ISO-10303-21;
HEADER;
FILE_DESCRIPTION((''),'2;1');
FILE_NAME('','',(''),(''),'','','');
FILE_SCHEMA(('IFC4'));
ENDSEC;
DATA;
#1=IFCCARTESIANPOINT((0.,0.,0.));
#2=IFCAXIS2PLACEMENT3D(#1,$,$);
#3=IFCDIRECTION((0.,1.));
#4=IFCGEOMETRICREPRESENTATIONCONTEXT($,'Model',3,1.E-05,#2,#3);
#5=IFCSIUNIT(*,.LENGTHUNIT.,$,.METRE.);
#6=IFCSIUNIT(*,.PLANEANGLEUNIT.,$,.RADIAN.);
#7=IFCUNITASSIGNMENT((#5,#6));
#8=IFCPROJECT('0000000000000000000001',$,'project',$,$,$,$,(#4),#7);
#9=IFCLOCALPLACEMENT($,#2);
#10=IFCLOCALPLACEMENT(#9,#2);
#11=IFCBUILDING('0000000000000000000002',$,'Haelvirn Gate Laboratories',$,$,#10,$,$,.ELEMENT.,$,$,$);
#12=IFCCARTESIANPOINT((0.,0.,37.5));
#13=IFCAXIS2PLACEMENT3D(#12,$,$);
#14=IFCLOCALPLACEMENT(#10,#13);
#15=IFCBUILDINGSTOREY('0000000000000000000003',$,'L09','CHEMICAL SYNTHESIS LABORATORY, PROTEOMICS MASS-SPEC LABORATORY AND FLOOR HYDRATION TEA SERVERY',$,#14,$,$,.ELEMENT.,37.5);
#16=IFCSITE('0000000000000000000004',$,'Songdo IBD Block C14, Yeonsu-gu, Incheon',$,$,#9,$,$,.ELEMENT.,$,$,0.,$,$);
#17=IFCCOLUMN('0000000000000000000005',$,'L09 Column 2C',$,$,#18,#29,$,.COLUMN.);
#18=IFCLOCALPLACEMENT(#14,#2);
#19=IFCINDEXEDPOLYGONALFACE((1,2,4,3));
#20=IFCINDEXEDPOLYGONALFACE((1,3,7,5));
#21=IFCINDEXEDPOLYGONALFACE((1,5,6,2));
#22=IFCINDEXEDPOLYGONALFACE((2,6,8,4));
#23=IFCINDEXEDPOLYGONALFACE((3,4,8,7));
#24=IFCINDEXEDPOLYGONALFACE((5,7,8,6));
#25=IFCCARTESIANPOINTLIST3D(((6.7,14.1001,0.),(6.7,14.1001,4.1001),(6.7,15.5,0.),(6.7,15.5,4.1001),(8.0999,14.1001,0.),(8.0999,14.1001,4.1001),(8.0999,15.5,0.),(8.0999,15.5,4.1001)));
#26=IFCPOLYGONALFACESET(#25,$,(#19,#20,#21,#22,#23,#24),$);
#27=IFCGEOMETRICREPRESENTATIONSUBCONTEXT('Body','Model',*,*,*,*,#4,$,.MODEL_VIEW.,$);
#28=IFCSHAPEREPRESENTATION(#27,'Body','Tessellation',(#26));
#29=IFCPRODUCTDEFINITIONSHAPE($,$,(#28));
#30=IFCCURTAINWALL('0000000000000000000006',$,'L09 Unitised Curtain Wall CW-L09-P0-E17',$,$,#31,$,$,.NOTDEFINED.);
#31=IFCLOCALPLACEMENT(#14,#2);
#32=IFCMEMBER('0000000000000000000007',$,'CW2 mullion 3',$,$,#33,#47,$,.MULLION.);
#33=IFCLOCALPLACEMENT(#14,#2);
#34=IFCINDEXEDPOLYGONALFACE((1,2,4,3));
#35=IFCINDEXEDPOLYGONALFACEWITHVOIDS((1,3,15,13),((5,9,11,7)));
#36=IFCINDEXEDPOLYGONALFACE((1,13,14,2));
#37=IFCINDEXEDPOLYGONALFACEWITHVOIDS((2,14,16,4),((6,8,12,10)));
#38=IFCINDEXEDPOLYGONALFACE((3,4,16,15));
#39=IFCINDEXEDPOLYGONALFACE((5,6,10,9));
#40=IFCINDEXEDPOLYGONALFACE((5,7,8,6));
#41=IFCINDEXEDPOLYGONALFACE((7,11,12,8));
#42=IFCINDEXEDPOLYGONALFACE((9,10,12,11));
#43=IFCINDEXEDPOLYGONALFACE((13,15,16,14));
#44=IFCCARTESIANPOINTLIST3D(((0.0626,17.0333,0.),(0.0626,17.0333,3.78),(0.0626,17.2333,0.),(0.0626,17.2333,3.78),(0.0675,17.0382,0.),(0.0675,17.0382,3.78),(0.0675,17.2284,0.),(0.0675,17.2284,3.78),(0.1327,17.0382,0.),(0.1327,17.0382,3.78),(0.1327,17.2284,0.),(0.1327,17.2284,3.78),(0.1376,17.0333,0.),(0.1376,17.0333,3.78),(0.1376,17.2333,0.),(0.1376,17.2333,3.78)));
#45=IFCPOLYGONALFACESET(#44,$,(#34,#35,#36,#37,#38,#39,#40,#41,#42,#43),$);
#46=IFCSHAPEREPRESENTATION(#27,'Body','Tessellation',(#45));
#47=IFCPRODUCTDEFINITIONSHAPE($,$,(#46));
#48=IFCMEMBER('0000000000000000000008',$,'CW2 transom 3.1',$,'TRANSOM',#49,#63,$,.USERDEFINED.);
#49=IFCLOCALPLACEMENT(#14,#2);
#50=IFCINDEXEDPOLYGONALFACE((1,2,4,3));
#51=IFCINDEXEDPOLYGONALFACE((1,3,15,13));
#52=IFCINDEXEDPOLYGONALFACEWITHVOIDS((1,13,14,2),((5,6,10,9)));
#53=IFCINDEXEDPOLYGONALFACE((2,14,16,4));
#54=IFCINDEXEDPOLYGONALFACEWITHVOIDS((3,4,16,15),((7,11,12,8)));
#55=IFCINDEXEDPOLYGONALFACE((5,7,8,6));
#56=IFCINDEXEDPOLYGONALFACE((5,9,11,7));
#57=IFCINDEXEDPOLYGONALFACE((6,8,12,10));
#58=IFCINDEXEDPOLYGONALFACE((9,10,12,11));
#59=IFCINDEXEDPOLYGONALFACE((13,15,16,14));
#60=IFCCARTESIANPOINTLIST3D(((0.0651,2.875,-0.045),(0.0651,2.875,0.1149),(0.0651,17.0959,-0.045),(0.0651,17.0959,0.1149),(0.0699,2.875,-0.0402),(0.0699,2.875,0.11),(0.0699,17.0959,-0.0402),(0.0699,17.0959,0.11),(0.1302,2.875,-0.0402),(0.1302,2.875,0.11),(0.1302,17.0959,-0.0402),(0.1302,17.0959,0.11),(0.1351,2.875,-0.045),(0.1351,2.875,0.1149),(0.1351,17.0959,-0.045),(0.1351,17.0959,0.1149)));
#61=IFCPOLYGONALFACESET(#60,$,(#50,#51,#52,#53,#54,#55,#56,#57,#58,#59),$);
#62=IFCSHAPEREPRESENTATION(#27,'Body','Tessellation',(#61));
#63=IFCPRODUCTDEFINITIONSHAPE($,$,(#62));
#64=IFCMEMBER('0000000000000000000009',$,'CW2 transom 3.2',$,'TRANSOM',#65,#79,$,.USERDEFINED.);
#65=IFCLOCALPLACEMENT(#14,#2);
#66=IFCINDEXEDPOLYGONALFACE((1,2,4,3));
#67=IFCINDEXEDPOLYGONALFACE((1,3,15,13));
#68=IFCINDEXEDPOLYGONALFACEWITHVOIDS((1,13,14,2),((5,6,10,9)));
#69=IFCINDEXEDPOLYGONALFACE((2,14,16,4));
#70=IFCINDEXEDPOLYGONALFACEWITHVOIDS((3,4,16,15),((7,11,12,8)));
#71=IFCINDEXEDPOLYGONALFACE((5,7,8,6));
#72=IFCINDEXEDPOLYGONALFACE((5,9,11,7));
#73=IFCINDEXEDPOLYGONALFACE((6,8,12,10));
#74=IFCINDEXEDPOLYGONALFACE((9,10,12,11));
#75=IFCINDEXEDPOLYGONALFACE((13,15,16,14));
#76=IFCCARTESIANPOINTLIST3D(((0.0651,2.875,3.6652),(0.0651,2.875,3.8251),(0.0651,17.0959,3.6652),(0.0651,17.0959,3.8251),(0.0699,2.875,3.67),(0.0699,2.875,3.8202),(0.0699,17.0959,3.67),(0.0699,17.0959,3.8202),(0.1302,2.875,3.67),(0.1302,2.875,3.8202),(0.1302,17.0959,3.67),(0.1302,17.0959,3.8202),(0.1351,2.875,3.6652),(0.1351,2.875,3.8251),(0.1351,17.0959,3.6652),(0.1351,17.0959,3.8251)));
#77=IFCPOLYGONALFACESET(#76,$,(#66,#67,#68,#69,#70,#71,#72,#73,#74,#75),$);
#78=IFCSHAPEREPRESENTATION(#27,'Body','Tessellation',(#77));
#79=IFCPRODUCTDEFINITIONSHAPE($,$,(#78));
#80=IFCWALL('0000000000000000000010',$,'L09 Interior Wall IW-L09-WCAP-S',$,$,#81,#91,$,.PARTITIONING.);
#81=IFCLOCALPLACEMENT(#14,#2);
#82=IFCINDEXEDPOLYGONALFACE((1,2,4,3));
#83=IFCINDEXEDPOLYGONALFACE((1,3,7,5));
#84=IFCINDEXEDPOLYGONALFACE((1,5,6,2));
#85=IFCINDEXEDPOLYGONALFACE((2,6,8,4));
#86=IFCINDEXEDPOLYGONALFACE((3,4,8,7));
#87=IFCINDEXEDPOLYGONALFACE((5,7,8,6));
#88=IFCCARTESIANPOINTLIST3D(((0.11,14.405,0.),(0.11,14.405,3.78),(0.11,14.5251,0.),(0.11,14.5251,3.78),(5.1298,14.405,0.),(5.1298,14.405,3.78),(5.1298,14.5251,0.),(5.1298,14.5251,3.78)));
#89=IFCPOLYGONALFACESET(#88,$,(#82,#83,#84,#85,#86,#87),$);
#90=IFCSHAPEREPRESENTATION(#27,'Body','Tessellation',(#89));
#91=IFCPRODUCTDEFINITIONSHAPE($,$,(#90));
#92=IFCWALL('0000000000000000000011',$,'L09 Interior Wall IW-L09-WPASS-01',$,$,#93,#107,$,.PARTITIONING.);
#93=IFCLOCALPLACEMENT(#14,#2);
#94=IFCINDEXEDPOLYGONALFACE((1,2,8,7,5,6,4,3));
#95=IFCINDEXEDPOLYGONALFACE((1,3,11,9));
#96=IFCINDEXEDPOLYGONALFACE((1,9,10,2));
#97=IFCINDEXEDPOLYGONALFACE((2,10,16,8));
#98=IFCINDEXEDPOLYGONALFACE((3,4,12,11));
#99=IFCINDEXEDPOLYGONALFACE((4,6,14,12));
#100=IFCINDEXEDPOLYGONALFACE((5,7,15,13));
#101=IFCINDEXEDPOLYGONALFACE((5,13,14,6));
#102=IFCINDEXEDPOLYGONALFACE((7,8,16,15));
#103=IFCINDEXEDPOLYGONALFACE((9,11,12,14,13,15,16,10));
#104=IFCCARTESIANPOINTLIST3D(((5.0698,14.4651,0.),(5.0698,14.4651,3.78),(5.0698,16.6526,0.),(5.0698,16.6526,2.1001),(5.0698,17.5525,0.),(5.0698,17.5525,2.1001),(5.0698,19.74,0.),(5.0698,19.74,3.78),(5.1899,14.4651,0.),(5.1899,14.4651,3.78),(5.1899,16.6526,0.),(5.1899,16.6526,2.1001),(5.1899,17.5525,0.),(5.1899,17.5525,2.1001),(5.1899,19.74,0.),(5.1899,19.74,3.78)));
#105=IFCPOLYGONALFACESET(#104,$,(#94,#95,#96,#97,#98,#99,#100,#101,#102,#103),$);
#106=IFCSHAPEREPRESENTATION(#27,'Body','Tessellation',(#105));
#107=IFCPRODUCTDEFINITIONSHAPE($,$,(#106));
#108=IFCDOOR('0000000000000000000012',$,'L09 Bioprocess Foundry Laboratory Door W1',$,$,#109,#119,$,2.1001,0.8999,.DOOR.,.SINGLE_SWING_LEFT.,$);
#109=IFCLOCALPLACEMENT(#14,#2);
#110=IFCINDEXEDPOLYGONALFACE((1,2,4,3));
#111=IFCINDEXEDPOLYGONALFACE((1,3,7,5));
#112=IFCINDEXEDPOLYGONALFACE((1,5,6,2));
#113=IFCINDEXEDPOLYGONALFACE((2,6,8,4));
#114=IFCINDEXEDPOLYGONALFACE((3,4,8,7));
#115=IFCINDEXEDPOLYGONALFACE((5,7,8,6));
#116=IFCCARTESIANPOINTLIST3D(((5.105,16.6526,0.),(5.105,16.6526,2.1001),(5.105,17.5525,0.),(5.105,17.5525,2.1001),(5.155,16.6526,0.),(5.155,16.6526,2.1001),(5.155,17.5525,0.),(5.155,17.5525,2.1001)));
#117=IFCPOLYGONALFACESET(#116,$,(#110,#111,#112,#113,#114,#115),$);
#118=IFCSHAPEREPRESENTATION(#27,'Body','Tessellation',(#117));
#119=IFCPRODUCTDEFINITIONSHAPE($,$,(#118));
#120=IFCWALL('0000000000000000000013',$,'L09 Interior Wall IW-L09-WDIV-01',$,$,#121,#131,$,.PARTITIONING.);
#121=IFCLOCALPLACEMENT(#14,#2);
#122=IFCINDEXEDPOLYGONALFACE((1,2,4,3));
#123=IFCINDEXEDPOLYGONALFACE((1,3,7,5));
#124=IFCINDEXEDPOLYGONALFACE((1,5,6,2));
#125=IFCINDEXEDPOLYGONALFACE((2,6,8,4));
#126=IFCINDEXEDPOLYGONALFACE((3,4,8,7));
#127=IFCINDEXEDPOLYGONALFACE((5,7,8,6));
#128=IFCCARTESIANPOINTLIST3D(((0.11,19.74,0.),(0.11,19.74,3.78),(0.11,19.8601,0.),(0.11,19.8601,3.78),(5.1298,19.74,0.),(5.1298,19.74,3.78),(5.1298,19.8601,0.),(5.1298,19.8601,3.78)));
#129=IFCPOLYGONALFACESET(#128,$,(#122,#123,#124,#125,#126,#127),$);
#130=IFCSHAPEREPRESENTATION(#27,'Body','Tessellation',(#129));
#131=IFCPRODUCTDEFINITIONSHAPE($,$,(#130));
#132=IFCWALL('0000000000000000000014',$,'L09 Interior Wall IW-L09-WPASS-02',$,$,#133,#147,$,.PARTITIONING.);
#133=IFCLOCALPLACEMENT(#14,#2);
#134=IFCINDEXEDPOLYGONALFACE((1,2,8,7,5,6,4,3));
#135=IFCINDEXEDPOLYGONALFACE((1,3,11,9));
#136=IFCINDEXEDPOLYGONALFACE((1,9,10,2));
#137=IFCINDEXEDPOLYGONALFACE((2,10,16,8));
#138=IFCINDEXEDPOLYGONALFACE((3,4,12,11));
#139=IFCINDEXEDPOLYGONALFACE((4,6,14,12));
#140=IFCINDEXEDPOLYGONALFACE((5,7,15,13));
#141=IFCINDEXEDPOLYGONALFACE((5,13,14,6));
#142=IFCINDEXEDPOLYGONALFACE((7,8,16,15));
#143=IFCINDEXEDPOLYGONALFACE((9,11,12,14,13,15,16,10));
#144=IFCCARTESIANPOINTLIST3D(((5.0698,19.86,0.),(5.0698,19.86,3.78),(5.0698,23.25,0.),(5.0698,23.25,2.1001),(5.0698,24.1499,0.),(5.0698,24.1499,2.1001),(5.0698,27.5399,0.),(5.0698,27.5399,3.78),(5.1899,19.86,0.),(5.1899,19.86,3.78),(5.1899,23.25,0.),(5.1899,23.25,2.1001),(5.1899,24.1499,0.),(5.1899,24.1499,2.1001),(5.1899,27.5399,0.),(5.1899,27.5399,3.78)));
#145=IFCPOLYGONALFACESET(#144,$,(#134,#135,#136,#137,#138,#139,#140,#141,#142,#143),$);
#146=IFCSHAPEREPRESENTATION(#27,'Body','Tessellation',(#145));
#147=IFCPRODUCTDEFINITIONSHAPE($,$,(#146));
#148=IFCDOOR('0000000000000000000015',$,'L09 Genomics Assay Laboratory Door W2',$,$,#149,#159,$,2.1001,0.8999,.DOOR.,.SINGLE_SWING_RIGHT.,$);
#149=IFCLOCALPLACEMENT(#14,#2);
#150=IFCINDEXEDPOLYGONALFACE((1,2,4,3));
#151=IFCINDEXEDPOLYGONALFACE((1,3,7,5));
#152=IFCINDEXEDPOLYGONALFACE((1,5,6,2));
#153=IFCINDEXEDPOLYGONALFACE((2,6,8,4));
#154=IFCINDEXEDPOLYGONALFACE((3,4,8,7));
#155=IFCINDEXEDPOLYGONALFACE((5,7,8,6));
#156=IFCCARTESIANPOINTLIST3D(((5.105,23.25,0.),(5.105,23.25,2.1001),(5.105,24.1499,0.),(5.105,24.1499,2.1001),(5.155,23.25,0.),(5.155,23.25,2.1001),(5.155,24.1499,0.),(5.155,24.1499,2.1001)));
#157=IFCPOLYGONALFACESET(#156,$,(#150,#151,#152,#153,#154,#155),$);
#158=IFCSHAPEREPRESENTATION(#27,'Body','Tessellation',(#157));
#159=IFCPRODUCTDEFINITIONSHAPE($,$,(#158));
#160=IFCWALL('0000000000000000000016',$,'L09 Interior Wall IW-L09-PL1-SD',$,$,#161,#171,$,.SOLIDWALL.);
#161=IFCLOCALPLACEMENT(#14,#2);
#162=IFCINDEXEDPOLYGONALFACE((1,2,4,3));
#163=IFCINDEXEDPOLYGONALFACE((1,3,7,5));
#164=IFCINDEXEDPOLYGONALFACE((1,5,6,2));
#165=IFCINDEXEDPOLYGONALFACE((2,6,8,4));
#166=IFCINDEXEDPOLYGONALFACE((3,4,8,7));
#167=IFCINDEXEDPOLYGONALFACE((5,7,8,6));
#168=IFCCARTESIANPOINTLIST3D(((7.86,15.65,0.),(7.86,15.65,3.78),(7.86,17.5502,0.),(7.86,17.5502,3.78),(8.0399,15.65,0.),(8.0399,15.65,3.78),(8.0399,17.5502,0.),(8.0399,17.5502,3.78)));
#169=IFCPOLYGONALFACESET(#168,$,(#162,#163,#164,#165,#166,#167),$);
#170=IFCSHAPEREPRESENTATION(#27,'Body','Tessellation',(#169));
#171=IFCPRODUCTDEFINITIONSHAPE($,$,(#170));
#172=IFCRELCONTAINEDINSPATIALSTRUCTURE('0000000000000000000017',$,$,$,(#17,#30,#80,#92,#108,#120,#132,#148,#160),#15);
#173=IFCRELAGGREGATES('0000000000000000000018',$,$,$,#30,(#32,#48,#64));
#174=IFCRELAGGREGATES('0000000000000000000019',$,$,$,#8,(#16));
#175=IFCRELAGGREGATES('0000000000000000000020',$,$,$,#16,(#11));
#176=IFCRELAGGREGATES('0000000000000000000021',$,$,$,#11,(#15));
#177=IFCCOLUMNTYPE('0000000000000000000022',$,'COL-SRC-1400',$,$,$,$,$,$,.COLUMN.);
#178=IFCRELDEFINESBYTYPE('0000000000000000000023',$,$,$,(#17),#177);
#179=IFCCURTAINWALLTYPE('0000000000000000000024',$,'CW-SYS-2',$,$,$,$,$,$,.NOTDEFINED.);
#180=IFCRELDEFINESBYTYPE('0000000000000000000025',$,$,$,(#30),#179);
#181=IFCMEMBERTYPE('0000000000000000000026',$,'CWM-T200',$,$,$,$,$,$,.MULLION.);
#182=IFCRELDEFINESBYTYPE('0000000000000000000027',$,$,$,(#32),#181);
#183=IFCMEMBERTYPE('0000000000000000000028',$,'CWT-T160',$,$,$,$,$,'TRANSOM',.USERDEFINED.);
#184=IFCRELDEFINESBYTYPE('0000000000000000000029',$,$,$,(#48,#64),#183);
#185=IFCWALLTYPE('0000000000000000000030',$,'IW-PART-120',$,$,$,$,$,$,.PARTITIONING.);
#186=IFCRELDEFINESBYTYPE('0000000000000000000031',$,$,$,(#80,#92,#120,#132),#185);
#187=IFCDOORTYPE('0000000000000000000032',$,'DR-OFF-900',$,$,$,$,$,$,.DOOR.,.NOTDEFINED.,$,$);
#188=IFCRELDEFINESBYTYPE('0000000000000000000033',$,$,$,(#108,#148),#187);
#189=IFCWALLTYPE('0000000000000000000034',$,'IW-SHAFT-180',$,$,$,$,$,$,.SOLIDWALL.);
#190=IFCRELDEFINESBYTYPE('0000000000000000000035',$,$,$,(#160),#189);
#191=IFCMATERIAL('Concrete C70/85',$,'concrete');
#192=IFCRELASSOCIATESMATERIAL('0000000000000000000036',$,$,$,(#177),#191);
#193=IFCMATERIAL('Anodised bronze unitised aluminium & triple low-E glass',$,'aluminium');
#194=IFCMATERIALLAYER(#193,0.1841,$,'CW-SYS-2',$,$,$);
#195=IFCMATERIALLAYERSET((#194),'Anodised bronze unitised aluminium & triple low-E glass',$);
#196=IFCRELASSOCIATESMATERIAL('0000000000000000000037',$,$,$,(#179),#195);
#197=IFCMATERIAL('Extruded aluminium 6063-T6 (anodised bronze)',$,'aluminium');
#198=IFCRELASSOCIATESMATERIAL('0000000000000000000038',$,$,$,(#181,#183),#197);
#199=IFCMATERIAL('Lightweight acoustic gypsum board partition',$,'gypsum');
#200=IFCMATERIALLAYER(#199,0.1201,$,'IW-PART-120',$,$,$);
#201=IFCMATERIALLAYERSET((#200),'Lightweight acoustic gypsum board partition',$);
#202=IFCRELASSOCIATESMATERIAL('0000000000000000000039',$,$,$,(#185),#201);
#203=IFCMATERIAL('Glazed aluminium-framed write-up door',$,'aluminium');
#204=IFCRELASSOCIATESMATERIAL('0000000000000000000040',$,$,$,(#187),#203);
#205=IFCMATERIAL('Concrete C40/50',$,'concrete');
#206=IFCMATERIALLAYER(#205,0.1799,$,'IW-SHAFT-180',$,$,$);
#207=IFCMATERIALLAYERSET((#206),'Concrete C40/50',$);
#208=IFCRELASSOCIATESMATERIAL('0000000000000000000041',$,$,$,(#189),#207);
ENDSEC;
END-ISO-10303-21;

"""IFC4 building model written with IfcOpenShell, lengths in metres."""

from ifc_helpers import new_model, si_unit, direction, frame, frame_2d, origin, origin_2d, place, context, subcontext, project, spatial, rectangle, hollow_rectangle, extrude, source, transform, mapped, material, layer, layer_set, material_profile, profile_set, type_object, type_shapes, element, fill, aggregate, save


model = new_model("IFC4")

# Units and contexts
model_context = context("Model", 3, precision=1e-05, world=origin(), true_north=direction((0.0, 1.0)))
body_context = subcontext(model_context, "Body", "Model", "MODEL_VIEW")
ifc_project = project(units=[si_unit("LENGTHUNIT", "METRE"), si_unit("PLANEANGLEUNIT", "RADIAN")], contexts=[model_context])

# Site, building, storey
site_placement = place(None, origin())
site = spatial("IfcSite", under=ifc_project, at=site_placement, Name="Songdo IBD Block C14, Yeonsu-gu, Incheon", CompositionType="ELEMENT", RefElevation=0.0)
building_placement = place(site_placement, origin())
building = spatial("IfcBuilding", under=site, at=building_placement, Name="Haelvirn Gate Laboratories", CompositionType="ELEMENT")
storey_placement = place(building_placement, frame((0.0, 0.0, 37.5)))
storey = spatial("IfcBuildingStorey", under=building, at=storey_placement, Name="L09", Description="CHEMICAL SYNTHESIS LABORATORY, PROTEOMICS MASS-SPEC LABORATORY AND FLOOR HYDRATION TEA SERVERY", CompositionType="ELEMENT", Elevation=37.5)

# Column
ifc_material_1 = material(Name="Concrete C70/85", Category="concrete")
ifc_material_profile_1 = material_profile(ifc_material_1, rectangle(XDim=1.3999, YDim=1.3999, at=origin_2d()), Name="SRC-1400x1400")
ifc_profile_set_1 = profile_set([ifc_material_profile_1], Name="Concrete C70/85")
column_type = type_object("IfcColumnType", Name="COL-SRC-1400", PredefinedType="COLUMN", material=ifc_profile_set_1)
shared_shape_1 = source(origin(), body_context, "Body", "SweptSolid", [
    extrude(rectangle(XDim=1.3999, YDim=1.3999, at=origin_2d()), origin(), (0.0, 0.0, 1.0), 4.1001),
])
type_shapes(column_type, [shared_shape_1])
column_placement = place(storey_placement, frame((7.3999, 14.8, 0.0), z_axis=(0.0, 0.0, 1.0), x_axis=(1.0, 0.0, 0.0)))
element("IfcColumn", 1, at=column_placement, inside=storey, type_object=column_type, Name="L09 Column 2C", PredefinedType="COLUMN", context=body_context, shape_type="MappedRepresentation", body=[
    mapped(shared_shape_1, transform((0.0, 0.0, 0.0), scale=1.0)),
])

# Curtain wall, members
ifc_material_2 = material(Name="Anodised bronze unitised aluminium & triple low-E glass", Category="aluminium")
ifc_layer_1 = layer(ifc_material_2, 0.1841, Name="CW-SYS-2")
ifc_layer_set_1 = layer_set([ifc_layer_1], Name="Anodised bronze unitised aluminium & triple low-E glass")
curtain_wall_type = type_object("IfcCurtainWallType", Name="CW-SYS-2", PredefinedType="NOTDEFINED", material=ifc_layer_set_1)
curtain_wall_placement = place(storey_placement, origin())
curtain_wall = element("IfcCurtainWall", 2, at=curtain_wall_placement, inside=storey, type_object=curtain_wall_type, Name="L09 Unitised Curtain Wall CW-L09-P0-E17", PredefinedType="NOTDEFINED")
ifc_material_3 = material(Name="Extruded aluminium 6063-T6 (anodised bronze)", Category="aluminium")
ifc_material_profile_2 = material_profile(ifc_material_3, hollow_rectangle(XDim=0.075, YDim=0.2, WallThickness=0.0049, at=origin_2d()), Name="CWM-200x75x5")
ifc_profile_set_2 = profile_set([ifc_material_profile_2], Name="Extruded aluminium 6063-T6 (anodised bronze)")
member_type_1 = type_object("IfcMemberType", Name="CWM-T200", PredefinedType="MULLION", material=ifc_profile_set_2)
shared_shape_2 = source(origin(), body_context, "Body", "SweptSolid", [
    extrude(hollow_rectangle(XDim=0.075, YDim=0.2, WallThickness=0.0049, at=origin_2d()), origin(), (0.0, 0.0, 1.0), 3.78),
])
type_shapes(member_type_1, [shared_shape_2])
member_1_placement = place(storey_placement, frame((0.1001, 17.1333, 0.0), z_axis=(0.0, 0.0, 1.0), x_axis=(1.0, 0.0, 0.0)))
member_1 = element("IfcMember", 3, at=member_1_placement, type_object=member_type_1, Name="CW2 mullion 3", PredefinedType="MULLION", context=body_context, shape_type="MappedRepresentation", body=[
    mapped(shared_shape_2, transform((0.0, 0.0, 0.0), scale=1.0)),
])
ifc_material_profile_3 = material_profile(ifc_material_3, hollow_rectangle(XDim=0.0701, YDim=0.1599, WallThickness=0.0049, at=origin_2d()), Name="CWT-160x70x5")
ifc_profile_set_3 = profile_set([ifc_material_profile_3], Name="Extruded aluminium 6063-T6 (anodised bronze)")
member_type_2 = type_object("IfcMemberType", Name="CWT-T160", ElementType="TRANSOM", PredefinedType="USERDEFINED", material=ifc_profile_set_3)
shared_shape_3 = source(origin(), body_context, "Body", "SweptSolid", [
    extrude(hollow_rectangle(XDim=0.0701, YDim=0.1599, WallThickness=0.0049, at=origin_2d()), origin(), (0.0, 0.0, 1.0), 14.2209),
])
type_shapes(member_type_2, [shared_shape_3])
member_2_placement = place(storey_placement, frame((0.1001, 17.0959, 0.0349), z_axis=(0.0, -1.0, 0.0), x_axis=(1.0, 0.0, 0.0)))
member_2 = element("IfcMember", 4, at=member_2_placement, type_object=member_type_2, Name="CW2 transom 3.1", ObjectType="TRANSOM", PredefinedType="USERDEFINED", context=body_context, shape_type="MappedRepresentation", body=[
    mapped(shared_shape_3, transform((0.0, 0.0, 0.0), scale=1.0)),
])
member_3_placement = place(storey_placement, frame((0.1001, 17.0959, 3.7451), z_axis=(0.0, -1.0, 0.0), x_axis=(1.0, 0.0, 0.0)))
member_3 = element("IfcMember", 5, at=member_3_placement, type_object=member_type_2, Name="CW2 transom 3.2", ObjectType="TRANSOM", PredefinedType="USERDEFINED", context=body_context, shape_type="MappedRepresentation", body=[
    mapped(shared_shape_3, transform((0.0, 0.0, 0.0), scale=1.0)),
])
aggregate(curtain_wall, [member_1, member_2, member_3])

# Wall
ifc_material_4 = material(Name="Lightweight acoustic gypsum board partition", Category="gypsum")
ifc_layer_2 = layer(ifc_material_4, 0.1201, Name="IW-PART-120")
ifc_layer_set_2 = layer_set([ifc_layer_2], Name="Lightweight acoustic gypsum board partition")
wall_type_1 = type_object("IfcWallType", Name="IW-PART-120", PredefinedType="PARTITIONING", material=ifc_layer_set_2)
wall_1_placement = place(storey_placement, frame((0.1101, 14.4651, 0.0), z_axis=(0.0, 0.0, 1.0), x_axis=(1.0, 0.0, 0.0)))
element("IfcWall", 6, at=wall_1_placement, inside=storey, type_object=wall_type_1, Name="L09 Interior Wall IW-L09-WCAP-S", PredefinedType="PARTITIONING", context=body_context, shape_type="SweptSolid", body=[
    extrude(rectangle(XDim=5.0198, YDim=0.1201, at=frame_2d((2.5098, 0.0))), origin(), (0.0, 0.0, 1.0), 3.78),
])

# Wall, opening, door
wall_2_placement = place(storey_placement, frame((5.1299, 14.4651, 0.0), z_axis=(0.0, 0.0, 1.0), x_axis=(0.0, 1.0, 0.0)))
wall_2 = element("IfcWall", 7, at=wall_2_placement, inside=storey, type_object=wall_type_1, Name="L09 Interior Wall IW-L09-WPASS-01", PredefinedType="PARTITIONING", context=body_context, shape_type="SweptSolid", body=[
    extrude(rectangle(XDim=5.2749, YDim=0.1201, at=frame_2d((2.6375, 0.0))), origin(), (0.0, 0.0, 1.0), 3.78),
])
opening_1_placement = place(wall_2_placement, frame((2.1875, 0.0, 0.0)))
opening_1 = element("IfcOpeningElement", 8, at=opening_1_placement, cuts=wall_2, PredefinedType="OPENING", context=body_context, shape_type="SweptSolid", body=[
    extrude(rectangle(XDim=0.8999, YDim=2.1001, at=frame_2d((0.45, 1.05))), frame((0.0, 0.0701, 0.0), z_axis=(0.0, -1.0, 0.0), x_axis=(1.0, 0.0, 0.0)), (0.0, 0.0, 1.0), 0.1401),
])
ifc_material_5 = material(Name="Glazed aluminium-framed write-up door", Category="aluminium")
door_type_1 = type_object("IfcDoorType", Name="DR-OFF-900", OperationType="NOTDEFINED", PredefinedType="DOOR", material=ifc_material_5)
shared_shape_4 = source(origin(), body_context, "Body", "SweptSolid", [
    extrude(rectangle(XDim=0.8999, YDim=2.1001, at=frame_2d((0.45, 1.05))), frame((0.0, 0.0249, 0.0), z_axis=(0.0, -1.0, 0.0), x_axis=(1.0, 0.0, 0.0)), (0.0, 0.0, 1.0), 0.05),
])
type_shapes(door_type_1, [shared_shape_4])
door_1_placement = place(opening_1_placement, origin())
door_1 = element("IfcDoor", 9, at=door_1_placement, inside=storey, type_object=door_type_1, Name="L09 Bioprocess Foundry Laboratory Door W1", OperationType="SINGLE_SWING_LEFT", OverallHeight=2.1001, OverallWidth=0.8999, PredefinedType="DOOR", context=body_context, shape_type="MappedRepresentation", body=[
    mapped(shared_shape_4, transform((0.0, 0.0, 0.0), scale=1.0)),
])
fill(opening_1, door_1)

# Wall
wall_3_placement = place(storey_placement, frame((0.1101, 19.8, 0.0), z_axis=(0.0, 0.0, 1.0), x_axis=(1.0, 0.0, 0.0)))
element("IfcWall", 10, at=wall_3_placement, inside=storey, type_object=wall_type_1, Name="L09 Interior Wall IW-L09-WDIV-01", PredefinedType="PARTITIONING", context=body_context, shape_type="SweptSolid", body=[
    extrude(rectangle(XDim=5.0198, YDim=0.1201, at=frame_2d((2.5098, 0.0))), origin(), (0.0, 0.0, 1.0), 3.78),
])

# Wall, opening, door
wall_4_placement = place(storey_placement, frame((5.1299, 19.8601, 0.0), z_axis=(0.0, 0.0, 1.0), x_axis=(0.0, 1.0, 0.0)))
wall_4 = element("IfcWall", 11, at=wall_4_placement, inside=storey, type_object=wall_type_1, Name="L09 Interior Wall IW-L09-WPASS-02", PredefinedType="PARTITIONING", context=body_context, shape_type="SweptSolid", body=[
    extrude(rectangle(XDim=7.6799, YDim=0.1201, at=frame_2d((3.8398, 0.0))), origin(), (0.0, 0.0, 1.0), 3.78),
])
opening_2_placement = place(wall_4_placement, frame((3.3899, 0.0, 0.0)))
opening_2 = element("IfcOpeningElement", 12, at=opening_2_placement, cuts=wall_4, PredefinedType="OPENING", context=body_context, shape_type="SweptSolid", body=[
    extrude(rectangle(XDim=0.8999, YDim=2.1001, at=frame_2d((0.45, 1.05))), frame((0.0, 0.0701, 0.0), z_axis=(0.0, -1.0, 0.0), x_axis=(1.0, 0.0, 0.0)), (0.0, 0.0, 1.0), 0.1401),
])
door_2_placement = place(opening_2_placement, origin())
door_2 = element("IfcDoor", 13, at=door_2_placement, inside=storey, type_object=door_type_1, Name="L09 Genomics Assay Laboratory Door W2", OperationType="SINGLE_SWING_RIGHT", OverallHeight=2.1001, OverallWidth=0.8999, PredefinedType="DOOR", context=body_context, shape_type="MappedRepresentation", body=[
    mapped(shared_shape_4, transform((0.0, 0.0, 0.0), scale=1.0)),
])
fill(opening_2, door_2)

# Wall
ifc_material_6 = material(Name="Concrete C40/50", Category="concrete")
ifc_layer_3 = layer(ifc_material_6, 0.1799, Name="IW-SHAFT-180")
ifc_layer_set_3 = layer_set([ifc_layer_3], Name="Concrete C40/50")
wall_type_2 = type_object("IfcWallType", Name="IW-SHAFT-180", PredefinedType="SOLIDWALL", material=ifc_layer_set_3)
for number, where, z_axis, x_axis, name in (
    (14, (7.95, 15.6499, 0.0), (0.0, 0.0, 1.0), (0.0, 1.0, 0.0), "L09 Interior Wall IW-L09-PL1-SD"),
):
    element("IfcWall", number, at=place(storey_placement, frame(where, z_axis=z_axis, x_axis=x_axis)), inside=storey, type_object=wall_type_2, Name=name, PredefinedType="SOLIDWALL", context=body_context, shape_type="SweptSolid", body=[
        extrude(rectangle(XDim=1.9001, YDim=0.1799, at=frame_2d((0.9502, 0.0))), origin(), (0.0, 0.0, 1.0), 3.78),
    ])

save(model, "model.ifc")
